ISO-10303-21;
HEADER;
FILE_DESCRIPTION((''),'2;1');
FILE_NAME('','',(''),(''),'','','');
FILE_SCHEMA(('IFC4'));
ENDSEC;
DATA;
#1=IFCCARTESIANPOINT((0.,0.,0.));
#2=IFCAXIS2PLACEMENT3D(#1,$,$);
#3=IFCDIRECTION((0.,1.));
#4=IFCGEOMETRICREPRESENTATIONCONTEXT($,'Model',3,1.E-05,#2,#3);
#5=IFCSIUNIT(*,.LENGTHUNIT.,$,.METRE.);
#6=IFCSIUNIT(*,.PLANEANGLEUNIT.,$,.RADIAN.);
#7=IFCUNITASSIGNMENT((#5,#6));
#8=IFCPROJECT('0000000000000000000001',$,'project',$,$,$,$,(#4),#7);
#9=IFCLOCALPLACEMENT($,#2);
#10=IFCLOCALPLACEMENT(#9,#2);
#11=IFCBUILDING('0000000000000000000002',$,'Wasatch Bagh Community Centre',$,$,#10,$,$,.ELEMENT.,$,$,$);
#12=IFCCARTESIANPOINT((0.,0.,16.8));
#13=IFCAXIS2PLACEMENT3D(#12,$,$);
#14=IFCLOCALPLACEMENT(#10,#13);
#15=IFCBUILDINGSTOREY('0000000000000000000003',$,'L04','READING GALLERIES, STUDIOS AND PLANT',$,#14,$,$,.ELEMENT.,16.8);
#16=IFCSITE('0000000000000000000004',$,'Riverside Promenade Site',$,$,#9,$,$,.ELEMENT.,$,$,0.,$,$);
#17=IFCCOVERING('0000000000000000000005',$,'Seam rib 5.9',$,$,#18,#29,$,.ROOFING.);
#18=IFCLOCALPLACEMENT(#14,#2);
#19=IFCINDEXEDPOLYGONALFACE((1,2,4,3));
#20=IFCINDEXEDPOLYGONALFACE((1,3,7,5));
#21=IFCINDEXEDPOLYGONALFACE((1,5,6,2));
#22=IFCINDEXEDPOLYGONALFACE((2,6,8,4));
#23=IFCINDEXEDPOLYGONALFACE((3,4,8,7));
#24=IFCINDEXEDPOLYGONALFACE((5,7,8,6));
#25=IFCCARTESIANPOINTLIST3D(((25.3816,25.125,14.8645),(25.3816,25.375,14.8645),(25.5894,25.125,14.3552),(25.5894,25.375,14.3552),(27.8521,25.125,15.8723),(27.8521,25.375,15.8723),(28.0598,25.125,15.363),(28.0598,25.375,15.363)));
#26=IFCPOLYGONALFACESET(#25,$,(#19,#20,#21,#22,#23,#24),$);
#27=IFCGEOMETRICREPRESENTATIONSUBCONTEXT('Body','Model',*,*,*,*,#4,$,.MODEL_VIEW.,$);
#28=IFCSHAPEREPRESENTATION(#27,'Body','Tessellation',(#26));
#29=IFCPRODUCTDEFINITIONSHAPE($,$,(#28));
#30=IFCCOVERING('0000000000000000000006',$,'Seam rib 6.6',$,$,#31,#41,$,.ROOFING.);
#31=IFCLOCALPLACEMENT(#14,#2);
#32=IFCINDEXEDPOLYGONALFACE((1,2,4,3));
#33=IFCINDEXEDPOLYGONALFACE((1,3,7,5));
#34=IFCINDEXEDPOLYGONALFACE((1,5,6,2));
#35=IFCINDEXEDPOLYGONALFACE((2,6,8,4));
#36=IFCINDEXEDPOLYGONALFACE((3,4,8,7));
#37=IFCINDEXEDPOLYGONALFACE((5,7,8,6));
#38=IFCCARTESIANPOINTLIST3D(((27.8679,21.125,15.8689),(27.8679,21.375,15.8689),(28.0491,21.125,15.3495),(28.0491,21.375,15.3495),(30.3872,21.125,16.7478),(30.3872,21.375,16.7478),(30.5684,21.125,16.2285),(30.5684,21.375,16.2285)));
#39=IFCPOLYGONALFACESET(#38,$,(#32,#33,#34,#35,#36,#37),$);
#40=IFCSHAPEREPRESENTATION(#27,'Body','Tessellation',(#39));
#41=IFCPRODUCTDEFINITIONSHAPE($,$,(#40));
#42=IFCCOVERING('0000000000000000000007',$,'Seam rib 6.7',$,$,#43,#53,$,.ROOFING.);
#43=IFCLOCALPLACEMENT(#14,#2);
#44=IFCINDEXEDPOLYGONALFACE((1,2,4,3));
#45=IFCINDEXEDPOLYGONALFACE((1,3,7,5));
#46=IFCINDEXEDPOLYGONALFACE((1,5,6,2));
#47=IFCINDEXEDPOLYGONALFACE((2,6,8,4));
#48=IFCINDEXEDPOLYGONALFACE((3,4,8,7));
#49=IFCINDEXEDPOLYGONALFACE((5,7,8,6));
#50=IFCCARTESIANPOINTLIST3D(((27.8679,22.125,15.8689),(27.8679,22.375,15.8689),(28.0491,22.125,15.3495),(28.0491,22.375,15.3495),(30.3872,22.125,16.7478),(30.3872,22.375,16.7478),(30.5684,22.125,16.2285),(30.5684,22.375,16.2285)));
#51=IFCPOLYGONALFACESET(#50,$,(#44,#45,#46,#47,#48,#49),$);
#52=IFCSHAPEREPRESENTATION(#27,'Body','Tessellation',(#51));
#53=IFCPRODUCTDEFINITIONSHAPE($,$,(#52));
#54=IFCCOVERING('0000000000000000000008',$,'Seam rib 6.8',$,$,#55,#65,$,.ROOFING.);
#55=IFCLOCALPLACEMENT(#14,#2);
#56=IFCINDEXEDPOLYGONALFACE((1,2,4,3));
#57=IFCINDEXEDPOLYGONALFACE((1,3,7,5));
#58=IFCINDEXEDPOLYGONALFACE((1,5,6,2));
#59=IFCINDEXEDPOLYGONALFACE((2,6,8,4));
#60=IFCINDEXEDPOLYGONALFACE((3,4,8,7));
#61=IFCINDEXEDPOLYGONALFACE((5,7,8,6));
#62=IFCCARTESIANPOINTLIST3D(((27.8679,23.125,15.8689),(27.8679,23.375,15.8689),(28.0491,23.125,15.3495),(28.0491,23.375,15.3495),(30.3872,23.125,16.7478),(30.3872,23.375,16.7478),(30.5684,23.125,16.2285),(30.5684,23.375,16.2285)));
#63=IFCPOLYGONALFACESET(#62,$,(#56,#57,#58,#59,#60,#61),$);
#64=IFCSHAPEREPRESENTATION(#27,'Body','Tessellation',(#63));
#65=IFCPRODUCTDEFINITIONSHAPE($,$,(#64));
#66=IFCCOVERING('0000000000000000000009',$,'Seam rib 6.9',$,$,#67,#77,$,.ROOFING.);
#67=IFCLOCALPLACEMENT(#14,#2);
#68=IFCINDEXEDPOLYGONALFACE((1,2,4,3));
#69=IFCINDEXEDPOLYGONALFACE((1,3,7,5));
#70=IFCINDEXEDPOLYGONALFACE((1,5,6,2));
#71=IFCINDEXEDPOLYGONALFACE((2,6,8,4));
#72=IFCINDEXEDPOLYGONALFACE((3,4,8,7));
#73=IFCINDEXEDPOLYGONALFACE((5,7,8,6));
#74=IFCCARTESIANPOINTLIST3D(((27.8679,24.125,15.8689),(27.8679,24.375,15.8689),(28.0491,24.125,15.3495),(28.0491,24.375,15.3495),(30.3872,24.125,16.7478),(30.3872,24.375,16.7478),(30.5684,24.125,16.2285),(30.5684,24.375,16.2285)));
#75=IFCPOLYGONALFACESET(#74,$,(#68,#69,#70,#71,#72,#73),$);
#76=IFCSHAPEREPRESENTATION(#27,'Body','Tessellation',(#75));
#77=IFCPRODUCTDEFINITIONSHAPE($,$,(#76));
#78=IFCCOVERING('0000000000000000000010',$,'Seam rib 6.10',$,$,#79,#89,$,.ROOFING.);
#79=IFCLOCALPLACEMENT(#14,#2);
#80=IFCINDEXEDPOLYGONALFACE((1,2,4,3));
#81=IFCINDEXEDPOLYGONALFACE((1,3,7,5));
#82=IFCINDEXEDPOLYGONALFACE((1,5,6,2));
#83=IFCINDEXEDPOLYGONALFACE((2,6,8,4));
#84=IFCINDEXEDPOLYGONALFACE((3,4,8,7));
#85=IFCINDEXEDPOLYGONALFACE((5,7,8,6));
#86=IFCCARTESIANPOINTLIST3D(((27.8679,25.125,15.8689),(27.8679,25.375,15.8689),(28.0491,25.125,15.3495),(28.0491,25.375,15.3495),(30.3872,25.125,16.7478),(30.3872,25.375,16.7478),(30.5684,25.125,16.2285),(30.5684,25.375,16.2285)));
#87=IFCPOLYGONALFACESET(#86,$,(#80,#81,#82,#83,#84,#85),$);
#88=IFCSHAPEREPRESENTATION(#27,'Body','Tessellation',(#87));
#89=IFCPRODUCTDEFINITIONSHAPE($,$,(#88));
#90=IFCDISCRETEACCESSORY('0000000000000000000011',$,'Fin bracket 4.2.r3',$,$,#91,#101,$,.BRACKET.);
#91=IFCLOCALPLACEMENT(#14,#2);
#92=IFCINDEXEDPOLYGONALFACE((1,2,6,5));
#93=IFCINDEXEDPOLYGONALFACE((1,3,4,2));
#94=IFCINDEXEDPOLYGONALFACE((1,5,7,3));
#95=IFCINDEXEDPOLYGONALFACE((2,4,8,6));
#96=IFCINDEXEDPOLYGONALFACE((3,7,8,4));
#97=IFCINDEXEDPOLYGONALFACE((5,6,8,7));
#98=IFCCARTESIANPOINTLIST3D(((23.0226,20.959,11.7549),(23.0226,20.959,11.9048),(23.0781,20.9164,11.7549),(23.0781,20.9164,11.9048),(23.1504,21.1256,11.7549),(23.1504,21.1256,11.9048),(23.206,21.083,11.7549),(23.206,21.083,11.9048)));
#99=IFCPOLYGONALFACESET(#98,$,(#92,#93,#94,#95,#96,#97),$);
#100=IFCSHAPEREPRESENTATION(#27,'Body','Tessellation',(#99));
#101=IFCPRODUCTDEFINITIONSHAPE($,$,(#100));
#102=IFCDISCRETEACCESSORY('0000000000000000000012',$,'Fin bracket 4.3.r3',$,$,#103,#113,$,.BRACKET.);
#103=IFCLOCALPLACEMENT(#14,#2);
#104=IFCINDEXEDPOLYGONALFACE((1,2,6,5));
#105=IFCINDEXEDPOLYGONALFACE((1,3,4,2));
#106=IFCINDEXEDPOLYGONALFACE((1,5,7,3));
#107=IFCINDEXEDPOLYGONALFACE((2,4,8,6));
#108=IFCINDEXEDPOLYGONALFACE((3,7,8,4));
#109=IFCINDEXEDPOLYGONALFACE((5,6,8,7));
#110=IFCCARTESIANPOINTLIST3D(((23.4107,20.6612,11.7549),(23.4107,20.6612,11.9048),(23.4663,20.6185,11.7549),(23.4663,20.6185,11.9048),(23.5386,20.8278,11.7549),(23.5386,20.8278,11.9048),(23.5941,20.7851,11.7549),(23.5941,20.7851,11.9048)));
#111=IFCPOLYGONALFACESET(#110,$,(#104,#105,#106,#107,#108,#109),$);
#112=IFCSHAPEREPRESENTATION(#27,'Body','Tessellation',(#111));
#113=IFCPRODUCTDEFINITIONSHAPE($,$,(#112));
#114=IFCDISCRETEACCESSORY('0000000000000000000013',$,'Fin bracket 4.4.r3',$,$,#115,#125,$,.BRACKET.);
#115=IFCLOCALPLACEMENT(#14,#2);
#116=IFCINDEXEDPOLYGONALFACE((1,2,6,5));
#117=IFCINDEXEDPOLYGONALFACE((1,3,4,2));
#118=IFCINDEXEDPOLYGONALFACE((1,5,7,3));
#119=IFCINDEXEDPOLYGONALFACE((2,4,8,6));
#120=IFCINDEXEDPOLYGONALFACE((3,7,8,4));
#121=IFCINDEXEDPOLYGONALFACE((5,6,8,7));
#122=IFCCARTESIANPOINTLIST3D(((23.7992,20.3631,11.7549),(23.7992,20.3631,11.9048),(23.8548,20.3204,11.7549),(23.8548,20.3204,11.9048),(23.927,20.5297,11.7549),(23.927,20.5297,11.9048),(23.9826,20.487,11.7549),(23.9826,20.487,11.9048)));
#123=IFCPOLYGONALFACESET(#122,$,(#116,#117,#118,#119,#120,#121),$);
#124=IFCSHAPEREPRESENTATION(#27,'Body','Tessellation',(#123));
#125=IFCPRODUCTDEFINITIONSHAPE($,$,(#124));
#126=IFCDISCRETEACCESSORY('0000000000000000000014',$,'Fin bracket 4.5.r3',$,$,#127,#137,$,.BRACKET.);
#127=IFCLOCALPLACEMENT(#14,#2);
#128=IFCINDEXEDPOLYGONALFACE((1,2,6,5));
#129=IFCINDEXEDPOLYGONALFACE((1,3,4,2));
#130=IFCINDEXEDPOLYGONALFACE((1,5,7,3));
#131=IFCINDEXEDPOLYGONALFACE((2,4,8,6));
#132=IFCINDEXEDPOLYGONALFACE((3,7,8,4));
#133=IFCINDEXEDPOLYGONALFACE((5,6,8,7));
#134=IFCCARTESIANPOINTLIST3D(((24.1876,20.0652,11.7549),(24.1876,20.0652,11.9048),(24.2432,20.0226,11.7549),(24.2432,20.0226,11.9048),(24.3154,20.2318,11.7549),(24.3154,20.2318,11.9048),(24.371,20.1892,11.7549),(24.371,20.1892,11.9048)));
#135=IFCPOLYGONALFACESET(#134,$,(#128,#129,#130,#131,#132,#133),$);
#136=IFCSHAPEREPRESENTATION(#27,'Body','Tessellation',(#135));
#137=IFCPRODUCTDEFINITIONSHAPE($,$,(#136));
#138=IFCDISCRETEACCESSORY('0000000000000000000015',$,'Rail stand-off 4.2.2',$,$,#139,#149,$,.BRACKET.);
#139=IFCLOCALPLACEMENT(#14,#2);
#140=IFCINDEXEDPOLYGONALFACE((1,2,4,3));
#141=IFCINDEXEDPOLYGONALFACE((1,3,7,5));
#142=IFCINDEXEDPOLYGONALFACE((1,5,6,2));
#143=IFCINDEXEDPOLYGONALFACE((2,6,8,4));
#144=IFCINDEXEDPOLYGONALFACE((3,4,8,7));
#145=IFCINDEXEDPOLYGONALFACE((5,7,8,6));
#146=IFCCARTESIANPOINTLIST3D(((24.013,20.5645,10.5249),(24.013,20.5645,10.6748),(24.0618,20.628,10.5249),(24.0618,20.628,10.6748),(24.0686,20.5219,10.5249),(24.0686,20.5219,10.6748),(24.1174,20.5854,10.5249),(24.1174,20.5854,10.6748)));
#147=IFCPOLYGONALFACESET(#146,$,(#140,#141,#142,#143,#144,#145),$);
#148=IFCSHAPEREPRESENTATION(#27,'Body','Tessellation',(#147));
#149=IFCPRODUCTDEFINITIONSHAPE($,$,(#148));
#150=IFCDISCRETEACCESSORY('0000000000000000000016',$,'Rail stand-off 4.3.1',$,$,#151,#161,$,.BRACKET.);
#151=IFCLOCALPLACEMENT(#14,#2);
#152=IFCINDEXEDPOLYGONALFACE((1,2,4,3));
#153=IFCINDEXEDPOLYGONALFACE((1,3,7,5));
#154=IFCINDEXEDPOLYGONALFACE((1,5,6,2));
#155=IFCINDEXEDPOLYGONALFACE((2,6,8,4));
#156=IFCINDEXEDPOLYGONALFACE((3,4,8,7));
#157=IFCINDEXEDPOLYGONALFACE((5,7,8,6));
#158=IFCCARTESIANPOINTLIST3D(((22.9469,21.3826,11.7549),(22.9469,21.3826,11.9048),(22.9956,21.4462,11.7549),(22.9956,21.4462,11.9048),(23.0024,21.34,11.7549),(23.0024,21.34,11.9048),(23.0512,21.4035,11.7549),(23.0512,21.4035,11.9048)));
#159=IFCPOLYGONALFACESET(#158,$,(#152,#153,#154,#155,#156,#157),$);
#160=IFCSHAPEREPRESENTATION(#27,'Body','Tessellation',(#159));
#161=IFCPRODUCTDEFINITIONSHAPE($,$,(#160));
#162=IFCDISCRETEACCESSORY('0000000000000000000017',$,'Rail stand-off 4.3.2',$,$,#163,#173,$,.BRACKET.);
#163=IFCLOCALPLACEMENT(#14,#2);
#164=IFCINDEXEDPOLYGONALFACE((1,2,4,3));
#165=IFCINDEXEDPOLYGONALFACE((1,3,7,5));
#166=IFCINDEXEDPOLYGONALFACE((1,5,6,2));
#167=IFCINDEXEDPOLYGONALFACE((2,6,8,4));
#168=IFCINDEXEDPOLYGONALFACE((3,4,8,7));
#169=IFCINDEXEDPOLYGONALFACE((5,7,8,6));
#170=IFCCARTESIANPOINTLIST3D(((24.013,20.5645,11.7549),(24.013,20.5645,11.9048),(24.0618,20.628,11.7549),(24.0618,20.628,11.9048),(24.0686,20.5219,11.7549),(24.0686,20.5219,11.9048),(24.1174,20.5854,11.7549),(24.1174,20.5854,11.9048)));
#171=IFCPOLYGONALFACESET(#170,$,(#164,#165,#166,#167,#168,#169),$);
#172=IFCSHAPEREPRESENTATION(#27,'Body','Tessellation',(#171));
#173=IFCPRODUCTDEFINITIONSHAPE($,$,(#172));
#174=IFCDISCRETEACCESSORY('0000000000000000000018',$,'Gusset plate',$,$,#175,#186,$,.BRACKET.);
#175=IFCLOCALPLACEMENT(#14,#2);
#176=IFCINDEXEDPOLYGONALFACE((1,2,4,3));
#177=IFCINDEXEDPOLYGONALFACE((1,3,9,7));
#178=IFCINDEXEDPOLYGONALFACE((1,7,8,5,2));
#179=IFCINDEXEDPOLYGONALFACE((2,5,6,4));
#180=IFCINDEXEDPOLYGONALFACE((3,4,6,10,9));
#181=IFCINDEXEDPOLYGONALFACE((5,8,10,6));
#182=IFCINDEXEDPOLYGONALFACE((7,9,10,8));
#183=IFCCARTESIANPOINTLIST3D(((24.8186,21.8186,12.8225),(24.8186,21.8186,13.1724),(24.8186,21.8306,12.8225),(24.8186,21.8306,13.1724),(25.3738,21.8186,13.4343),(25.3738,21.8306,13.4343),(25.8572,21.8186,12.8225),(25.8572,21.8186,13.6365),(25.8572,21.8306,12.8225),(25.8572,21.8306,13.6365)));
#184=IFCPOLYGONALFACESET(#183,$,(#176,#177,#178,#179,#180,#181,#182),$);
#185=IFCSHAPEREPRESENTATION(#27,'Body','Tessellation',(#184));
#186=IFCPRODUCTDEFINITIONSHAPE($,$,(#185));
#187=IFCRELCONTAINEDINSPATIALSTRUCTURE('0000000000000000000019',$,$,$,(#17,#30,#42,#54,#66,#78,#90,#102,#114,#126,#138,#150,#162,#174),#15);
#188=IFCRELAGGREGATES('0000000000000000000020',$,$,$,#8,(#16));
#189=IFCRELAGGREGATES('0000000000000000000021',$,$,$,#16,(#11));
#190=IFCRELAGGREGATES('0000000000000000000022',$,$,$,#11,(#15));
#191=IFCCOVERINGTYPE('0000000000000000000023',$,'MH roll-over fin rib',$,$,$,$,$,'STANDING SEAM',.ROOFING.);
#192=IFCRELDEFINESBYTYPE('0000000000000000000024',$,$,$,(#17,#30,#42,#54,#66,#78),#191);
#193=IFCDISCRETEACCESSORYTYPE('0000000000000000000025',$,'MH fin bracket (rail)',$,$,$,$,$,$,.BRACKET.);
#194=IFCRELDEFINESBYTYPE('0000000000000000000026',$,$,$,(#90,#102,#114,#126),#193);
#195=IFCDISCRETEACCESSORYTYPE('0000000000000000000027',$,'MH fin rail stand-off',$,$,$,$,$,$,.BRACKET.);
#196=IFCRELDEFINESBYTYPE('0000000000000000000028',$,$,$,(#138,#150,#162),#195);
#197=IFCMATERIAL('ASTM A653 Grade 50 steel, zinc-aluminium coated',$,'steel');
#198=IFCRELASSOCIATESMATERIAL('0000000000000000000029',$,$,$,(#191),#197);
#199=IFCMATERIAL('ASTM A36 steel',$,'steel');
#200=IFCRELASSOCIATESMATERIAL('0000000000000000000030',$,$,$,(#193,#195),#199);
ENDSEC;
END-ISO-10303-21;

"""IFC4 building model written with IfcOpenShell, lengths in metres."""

from ifc_helpers import new_model, si_unit, direction, frame, origin, origin_2d, place, context, subcontext, project, spatial, polyline, rectangle, outline, extrude, material, type_object, element, save


model = new_model("IFC4")

# Units and contexts
model_context = context("Model", 3, precision=1e-05, world=origin(), true_north=direction((0.0, 1.0)))
body_context = subcontext(model_context, "Body", "Model", "MODEL_VIEW")
ifc_project = project(units=[si_unit("LENGTHUNIT", "METRE"), si_unit("PLANEANGLEUNIT", "RADIAN")], contexts=[model_context])

# Site, building, storey
site_placement = place(None, origin())
site = spatial("IfcSite", under=ifc_project, at=site_placement, Name="Riverside Promenade Site", CompositionType="ELEMENT", RefElevation=0.0)
building_placement = place(site_placement, origin())
building = spatial("IfcBuilding", under=site, at=building_placement, Name="Wasatch Bagh Community Centre", CompositionType="ELEMENT")
storey_placement = place(building_placement, frame((0.0, 0.0, 16.8)))
storey = spatial("IfcBuildingStorey", under=building, at=storey_placement, Name="L04", Description="READING GALLERIES, STUDIOS AND PLANT", CompositionType="ELEMENT", Elevation=16.8)

# Coverings
ifc_material_1 = material(Name="ASTM A653 Grade 50 steel, zinc-aluminium coated", Category="steel")
covering_type = type_object("IfcCoveringType", Name="MH roll-over fin rib", ElementType="STANDING SEAM", PredefinedType="ROOFING", material=ifc_material_1)
for number, where, z_axis, x_axis, name in (
    (1, (25.3816, 25.125, 14.8645), (-0.377724, 0.0, 0.925918), (0.925918, 0.0, 0.377724), "Seam rib 5.9"),
):
    element("IfcCovering", number, at=place(storey_placement, frame(where, z_axis=z_axis, x_axis=x_axis)), inside=storey, type_object=covering_type, Name=name, PredefinedType="ROOFING", context=body_context, shape_type="SweptSolid", body=[
        extrude(outline(polyline([(0.0, 0.0), (2.6681, 0.0), (2.6681, 0.25), (0.0, 0.25), (0.0, 0.0)])), origin(), (0.0, 0.0, -1.0), 0.55),
    ])
for number, where, z_axis, x_axis, name in (
    (2, (27.8679, 21.125, 15.8689), (-0.329401, 0.0, 0.94419), (0.94419, 0.0, 0.329401), "Seam rib 6.6"),
    (3, (27.8679, 22.125, 15.8689), (-0.329401, 0.0, 0.94419), (0.94419, 0.0, 0.329401), "Seam rib 6.7"),
    (4, (27.8679, 23.125, 15.8689), (-0.329401, 0.0, 0.94419), (0.94419, 0.0, 0.329401), "Seam rib 6.8"),
    (5, (27.8679, 24.125, 15.8689), (-0.329401, 0.0, 0.94419), (0.94419, 0.0, 0.329401), "Seam rib 6.9"),
    (6, (27.8679, 25.125, 15.8689), (-0.329401, 0.0, 0.94419), (0.94419, 0.0, 0.329401), "Seam rib 6.10"),
):
    element("IfcCovering", number, at=place(storey_placement, frame(where, z_axis=z_axis, x_axis=x_axis)), inside=storey, type_object=covering_type, Name=name, PredefinedType="ROOFING", context=body_context, shape_type="SweptSolid", body=[
        extrude(outline(polyline([(0.0, 0.0), (2.6682, 0.0), (2.6682, 0.25), (0.0, 0.25), (0.0, 0.0)])), origin(), (0.0, 0.0, -1.0), 0.55),
    ])

# Discrete accessories
ifc_material_2 = material(Name="ASTM A36 steel", Category="steel")
discrete_accessory_type_1 = type_object("IfcDiscreteAccessoryType", Name="MH fin bracket (rail)", PredefinedType="BRACKET", material=ifc_material_2)
for number, where, z_axis, x_axis, name in (
    (7, (23.1143, 21.021, 11.7549), (0.0, 0.0, 1.0), (0.793353, -0.608761, 0.0), "Fin bracket 4.2.r3"),
    (8, (23.5024, 20.7231, 11.7549), (0.0, 0.0, 1.0), (0.793353, -0.608761, 0.0), "Fin bracket 4.3.r3"),
    (9, (23.8909, 20.425, 11.7549), (0.0, 0.0, 1.0), (0.793353, -0.608761, 0.0), "Fin bracket 4.4.r3"),
    (10, (24.2793, 20.1272, 11.7549), (0.0, 0.0, 1.0), (0.793353, -0.608761, 0.0), "Fin bracket 4.5.r3"),
):
    element("IfcDiscreteAccessory", number, at=place(storey_placement, frame(where, z_axis=z_axis, x_axis=x_axis)), inside=storey, type_object=discrete_accessory_type_1, Name=name, PredefinedType="BRACKET", context=body_context, shape_type="SweptSolid", body=[
        extrude(rectangle(XDim=0.0701, YDim=0.21, at=origin_2d()), origin(), (0.0, 0.0, 1.0), 0.1499),
    ])
discrete_accessory_type_2 = type_object("IfcDiscreteAccessoryType", Name="MH fin rail stand-off", PredefinedType="BRACKET", material=ifc_material_2)
for number, where, z_axis, x_axis, name in (
    (11, (24.0652, 20.575, 10.5249), (0.0, 0.0, 1.0), (0.793353, -0.608761, 0.0), "Rail stand-off 4.2.2"),
    (12, (22.999, 21.3931, 11.7549), (0.0, 0.0, 1.0), (0.793353, -0.608761, 0.0), "Rail stand-off 4.3.1"),
    (13, (24.0652, 20.575, 11.7549), (0.0, 0.0, 1.0), (0.793353, -0.608761, 0.0), "Rail stand-off 4.3.2"),
):
    element("IfcDiscreteAccessory", number, at=place(storey_placement, frame(where, z_axis=z_axis, x_axis=x_axis)), inside=storey, type_object=discrete_accessory_type_2, Name=name, PredefinedType="BRACKET", context=body_context, shape_type="SweptSolid", body=[
        extrude(rectangle(XDim=0.0701, YDim=0.0801, at=origin_2d()), origin(), (0.0, 0.0, 1.0), 0.1499),
    ])
discrete_accessory_placement = place(storey_placement, frame((24.8186, 21.8306, 13.1724), z_axis=(0.0, 1.0, 0.0), x_axis=(0.904377, 0.0, 0.426735)))
element("IfcDiscreteAccessory", 14, at=discrete_accessory_placement, inside=storey, Name="Gusset plate", PredefinedType="BRACKET", context=body_context, shape_type="SweptSolid", body=[
    extrude(outline(polyline([(0.0, 0.0), (0.6139, 0.0), (1.1373, 0.0235), (0.79, 0.7596), (-0.1493, 0.3164), (0.0, 0.0)])), origin(), (0.0, 0.0, -1.0), 0.012),
])

save(model, "model.ifc")
